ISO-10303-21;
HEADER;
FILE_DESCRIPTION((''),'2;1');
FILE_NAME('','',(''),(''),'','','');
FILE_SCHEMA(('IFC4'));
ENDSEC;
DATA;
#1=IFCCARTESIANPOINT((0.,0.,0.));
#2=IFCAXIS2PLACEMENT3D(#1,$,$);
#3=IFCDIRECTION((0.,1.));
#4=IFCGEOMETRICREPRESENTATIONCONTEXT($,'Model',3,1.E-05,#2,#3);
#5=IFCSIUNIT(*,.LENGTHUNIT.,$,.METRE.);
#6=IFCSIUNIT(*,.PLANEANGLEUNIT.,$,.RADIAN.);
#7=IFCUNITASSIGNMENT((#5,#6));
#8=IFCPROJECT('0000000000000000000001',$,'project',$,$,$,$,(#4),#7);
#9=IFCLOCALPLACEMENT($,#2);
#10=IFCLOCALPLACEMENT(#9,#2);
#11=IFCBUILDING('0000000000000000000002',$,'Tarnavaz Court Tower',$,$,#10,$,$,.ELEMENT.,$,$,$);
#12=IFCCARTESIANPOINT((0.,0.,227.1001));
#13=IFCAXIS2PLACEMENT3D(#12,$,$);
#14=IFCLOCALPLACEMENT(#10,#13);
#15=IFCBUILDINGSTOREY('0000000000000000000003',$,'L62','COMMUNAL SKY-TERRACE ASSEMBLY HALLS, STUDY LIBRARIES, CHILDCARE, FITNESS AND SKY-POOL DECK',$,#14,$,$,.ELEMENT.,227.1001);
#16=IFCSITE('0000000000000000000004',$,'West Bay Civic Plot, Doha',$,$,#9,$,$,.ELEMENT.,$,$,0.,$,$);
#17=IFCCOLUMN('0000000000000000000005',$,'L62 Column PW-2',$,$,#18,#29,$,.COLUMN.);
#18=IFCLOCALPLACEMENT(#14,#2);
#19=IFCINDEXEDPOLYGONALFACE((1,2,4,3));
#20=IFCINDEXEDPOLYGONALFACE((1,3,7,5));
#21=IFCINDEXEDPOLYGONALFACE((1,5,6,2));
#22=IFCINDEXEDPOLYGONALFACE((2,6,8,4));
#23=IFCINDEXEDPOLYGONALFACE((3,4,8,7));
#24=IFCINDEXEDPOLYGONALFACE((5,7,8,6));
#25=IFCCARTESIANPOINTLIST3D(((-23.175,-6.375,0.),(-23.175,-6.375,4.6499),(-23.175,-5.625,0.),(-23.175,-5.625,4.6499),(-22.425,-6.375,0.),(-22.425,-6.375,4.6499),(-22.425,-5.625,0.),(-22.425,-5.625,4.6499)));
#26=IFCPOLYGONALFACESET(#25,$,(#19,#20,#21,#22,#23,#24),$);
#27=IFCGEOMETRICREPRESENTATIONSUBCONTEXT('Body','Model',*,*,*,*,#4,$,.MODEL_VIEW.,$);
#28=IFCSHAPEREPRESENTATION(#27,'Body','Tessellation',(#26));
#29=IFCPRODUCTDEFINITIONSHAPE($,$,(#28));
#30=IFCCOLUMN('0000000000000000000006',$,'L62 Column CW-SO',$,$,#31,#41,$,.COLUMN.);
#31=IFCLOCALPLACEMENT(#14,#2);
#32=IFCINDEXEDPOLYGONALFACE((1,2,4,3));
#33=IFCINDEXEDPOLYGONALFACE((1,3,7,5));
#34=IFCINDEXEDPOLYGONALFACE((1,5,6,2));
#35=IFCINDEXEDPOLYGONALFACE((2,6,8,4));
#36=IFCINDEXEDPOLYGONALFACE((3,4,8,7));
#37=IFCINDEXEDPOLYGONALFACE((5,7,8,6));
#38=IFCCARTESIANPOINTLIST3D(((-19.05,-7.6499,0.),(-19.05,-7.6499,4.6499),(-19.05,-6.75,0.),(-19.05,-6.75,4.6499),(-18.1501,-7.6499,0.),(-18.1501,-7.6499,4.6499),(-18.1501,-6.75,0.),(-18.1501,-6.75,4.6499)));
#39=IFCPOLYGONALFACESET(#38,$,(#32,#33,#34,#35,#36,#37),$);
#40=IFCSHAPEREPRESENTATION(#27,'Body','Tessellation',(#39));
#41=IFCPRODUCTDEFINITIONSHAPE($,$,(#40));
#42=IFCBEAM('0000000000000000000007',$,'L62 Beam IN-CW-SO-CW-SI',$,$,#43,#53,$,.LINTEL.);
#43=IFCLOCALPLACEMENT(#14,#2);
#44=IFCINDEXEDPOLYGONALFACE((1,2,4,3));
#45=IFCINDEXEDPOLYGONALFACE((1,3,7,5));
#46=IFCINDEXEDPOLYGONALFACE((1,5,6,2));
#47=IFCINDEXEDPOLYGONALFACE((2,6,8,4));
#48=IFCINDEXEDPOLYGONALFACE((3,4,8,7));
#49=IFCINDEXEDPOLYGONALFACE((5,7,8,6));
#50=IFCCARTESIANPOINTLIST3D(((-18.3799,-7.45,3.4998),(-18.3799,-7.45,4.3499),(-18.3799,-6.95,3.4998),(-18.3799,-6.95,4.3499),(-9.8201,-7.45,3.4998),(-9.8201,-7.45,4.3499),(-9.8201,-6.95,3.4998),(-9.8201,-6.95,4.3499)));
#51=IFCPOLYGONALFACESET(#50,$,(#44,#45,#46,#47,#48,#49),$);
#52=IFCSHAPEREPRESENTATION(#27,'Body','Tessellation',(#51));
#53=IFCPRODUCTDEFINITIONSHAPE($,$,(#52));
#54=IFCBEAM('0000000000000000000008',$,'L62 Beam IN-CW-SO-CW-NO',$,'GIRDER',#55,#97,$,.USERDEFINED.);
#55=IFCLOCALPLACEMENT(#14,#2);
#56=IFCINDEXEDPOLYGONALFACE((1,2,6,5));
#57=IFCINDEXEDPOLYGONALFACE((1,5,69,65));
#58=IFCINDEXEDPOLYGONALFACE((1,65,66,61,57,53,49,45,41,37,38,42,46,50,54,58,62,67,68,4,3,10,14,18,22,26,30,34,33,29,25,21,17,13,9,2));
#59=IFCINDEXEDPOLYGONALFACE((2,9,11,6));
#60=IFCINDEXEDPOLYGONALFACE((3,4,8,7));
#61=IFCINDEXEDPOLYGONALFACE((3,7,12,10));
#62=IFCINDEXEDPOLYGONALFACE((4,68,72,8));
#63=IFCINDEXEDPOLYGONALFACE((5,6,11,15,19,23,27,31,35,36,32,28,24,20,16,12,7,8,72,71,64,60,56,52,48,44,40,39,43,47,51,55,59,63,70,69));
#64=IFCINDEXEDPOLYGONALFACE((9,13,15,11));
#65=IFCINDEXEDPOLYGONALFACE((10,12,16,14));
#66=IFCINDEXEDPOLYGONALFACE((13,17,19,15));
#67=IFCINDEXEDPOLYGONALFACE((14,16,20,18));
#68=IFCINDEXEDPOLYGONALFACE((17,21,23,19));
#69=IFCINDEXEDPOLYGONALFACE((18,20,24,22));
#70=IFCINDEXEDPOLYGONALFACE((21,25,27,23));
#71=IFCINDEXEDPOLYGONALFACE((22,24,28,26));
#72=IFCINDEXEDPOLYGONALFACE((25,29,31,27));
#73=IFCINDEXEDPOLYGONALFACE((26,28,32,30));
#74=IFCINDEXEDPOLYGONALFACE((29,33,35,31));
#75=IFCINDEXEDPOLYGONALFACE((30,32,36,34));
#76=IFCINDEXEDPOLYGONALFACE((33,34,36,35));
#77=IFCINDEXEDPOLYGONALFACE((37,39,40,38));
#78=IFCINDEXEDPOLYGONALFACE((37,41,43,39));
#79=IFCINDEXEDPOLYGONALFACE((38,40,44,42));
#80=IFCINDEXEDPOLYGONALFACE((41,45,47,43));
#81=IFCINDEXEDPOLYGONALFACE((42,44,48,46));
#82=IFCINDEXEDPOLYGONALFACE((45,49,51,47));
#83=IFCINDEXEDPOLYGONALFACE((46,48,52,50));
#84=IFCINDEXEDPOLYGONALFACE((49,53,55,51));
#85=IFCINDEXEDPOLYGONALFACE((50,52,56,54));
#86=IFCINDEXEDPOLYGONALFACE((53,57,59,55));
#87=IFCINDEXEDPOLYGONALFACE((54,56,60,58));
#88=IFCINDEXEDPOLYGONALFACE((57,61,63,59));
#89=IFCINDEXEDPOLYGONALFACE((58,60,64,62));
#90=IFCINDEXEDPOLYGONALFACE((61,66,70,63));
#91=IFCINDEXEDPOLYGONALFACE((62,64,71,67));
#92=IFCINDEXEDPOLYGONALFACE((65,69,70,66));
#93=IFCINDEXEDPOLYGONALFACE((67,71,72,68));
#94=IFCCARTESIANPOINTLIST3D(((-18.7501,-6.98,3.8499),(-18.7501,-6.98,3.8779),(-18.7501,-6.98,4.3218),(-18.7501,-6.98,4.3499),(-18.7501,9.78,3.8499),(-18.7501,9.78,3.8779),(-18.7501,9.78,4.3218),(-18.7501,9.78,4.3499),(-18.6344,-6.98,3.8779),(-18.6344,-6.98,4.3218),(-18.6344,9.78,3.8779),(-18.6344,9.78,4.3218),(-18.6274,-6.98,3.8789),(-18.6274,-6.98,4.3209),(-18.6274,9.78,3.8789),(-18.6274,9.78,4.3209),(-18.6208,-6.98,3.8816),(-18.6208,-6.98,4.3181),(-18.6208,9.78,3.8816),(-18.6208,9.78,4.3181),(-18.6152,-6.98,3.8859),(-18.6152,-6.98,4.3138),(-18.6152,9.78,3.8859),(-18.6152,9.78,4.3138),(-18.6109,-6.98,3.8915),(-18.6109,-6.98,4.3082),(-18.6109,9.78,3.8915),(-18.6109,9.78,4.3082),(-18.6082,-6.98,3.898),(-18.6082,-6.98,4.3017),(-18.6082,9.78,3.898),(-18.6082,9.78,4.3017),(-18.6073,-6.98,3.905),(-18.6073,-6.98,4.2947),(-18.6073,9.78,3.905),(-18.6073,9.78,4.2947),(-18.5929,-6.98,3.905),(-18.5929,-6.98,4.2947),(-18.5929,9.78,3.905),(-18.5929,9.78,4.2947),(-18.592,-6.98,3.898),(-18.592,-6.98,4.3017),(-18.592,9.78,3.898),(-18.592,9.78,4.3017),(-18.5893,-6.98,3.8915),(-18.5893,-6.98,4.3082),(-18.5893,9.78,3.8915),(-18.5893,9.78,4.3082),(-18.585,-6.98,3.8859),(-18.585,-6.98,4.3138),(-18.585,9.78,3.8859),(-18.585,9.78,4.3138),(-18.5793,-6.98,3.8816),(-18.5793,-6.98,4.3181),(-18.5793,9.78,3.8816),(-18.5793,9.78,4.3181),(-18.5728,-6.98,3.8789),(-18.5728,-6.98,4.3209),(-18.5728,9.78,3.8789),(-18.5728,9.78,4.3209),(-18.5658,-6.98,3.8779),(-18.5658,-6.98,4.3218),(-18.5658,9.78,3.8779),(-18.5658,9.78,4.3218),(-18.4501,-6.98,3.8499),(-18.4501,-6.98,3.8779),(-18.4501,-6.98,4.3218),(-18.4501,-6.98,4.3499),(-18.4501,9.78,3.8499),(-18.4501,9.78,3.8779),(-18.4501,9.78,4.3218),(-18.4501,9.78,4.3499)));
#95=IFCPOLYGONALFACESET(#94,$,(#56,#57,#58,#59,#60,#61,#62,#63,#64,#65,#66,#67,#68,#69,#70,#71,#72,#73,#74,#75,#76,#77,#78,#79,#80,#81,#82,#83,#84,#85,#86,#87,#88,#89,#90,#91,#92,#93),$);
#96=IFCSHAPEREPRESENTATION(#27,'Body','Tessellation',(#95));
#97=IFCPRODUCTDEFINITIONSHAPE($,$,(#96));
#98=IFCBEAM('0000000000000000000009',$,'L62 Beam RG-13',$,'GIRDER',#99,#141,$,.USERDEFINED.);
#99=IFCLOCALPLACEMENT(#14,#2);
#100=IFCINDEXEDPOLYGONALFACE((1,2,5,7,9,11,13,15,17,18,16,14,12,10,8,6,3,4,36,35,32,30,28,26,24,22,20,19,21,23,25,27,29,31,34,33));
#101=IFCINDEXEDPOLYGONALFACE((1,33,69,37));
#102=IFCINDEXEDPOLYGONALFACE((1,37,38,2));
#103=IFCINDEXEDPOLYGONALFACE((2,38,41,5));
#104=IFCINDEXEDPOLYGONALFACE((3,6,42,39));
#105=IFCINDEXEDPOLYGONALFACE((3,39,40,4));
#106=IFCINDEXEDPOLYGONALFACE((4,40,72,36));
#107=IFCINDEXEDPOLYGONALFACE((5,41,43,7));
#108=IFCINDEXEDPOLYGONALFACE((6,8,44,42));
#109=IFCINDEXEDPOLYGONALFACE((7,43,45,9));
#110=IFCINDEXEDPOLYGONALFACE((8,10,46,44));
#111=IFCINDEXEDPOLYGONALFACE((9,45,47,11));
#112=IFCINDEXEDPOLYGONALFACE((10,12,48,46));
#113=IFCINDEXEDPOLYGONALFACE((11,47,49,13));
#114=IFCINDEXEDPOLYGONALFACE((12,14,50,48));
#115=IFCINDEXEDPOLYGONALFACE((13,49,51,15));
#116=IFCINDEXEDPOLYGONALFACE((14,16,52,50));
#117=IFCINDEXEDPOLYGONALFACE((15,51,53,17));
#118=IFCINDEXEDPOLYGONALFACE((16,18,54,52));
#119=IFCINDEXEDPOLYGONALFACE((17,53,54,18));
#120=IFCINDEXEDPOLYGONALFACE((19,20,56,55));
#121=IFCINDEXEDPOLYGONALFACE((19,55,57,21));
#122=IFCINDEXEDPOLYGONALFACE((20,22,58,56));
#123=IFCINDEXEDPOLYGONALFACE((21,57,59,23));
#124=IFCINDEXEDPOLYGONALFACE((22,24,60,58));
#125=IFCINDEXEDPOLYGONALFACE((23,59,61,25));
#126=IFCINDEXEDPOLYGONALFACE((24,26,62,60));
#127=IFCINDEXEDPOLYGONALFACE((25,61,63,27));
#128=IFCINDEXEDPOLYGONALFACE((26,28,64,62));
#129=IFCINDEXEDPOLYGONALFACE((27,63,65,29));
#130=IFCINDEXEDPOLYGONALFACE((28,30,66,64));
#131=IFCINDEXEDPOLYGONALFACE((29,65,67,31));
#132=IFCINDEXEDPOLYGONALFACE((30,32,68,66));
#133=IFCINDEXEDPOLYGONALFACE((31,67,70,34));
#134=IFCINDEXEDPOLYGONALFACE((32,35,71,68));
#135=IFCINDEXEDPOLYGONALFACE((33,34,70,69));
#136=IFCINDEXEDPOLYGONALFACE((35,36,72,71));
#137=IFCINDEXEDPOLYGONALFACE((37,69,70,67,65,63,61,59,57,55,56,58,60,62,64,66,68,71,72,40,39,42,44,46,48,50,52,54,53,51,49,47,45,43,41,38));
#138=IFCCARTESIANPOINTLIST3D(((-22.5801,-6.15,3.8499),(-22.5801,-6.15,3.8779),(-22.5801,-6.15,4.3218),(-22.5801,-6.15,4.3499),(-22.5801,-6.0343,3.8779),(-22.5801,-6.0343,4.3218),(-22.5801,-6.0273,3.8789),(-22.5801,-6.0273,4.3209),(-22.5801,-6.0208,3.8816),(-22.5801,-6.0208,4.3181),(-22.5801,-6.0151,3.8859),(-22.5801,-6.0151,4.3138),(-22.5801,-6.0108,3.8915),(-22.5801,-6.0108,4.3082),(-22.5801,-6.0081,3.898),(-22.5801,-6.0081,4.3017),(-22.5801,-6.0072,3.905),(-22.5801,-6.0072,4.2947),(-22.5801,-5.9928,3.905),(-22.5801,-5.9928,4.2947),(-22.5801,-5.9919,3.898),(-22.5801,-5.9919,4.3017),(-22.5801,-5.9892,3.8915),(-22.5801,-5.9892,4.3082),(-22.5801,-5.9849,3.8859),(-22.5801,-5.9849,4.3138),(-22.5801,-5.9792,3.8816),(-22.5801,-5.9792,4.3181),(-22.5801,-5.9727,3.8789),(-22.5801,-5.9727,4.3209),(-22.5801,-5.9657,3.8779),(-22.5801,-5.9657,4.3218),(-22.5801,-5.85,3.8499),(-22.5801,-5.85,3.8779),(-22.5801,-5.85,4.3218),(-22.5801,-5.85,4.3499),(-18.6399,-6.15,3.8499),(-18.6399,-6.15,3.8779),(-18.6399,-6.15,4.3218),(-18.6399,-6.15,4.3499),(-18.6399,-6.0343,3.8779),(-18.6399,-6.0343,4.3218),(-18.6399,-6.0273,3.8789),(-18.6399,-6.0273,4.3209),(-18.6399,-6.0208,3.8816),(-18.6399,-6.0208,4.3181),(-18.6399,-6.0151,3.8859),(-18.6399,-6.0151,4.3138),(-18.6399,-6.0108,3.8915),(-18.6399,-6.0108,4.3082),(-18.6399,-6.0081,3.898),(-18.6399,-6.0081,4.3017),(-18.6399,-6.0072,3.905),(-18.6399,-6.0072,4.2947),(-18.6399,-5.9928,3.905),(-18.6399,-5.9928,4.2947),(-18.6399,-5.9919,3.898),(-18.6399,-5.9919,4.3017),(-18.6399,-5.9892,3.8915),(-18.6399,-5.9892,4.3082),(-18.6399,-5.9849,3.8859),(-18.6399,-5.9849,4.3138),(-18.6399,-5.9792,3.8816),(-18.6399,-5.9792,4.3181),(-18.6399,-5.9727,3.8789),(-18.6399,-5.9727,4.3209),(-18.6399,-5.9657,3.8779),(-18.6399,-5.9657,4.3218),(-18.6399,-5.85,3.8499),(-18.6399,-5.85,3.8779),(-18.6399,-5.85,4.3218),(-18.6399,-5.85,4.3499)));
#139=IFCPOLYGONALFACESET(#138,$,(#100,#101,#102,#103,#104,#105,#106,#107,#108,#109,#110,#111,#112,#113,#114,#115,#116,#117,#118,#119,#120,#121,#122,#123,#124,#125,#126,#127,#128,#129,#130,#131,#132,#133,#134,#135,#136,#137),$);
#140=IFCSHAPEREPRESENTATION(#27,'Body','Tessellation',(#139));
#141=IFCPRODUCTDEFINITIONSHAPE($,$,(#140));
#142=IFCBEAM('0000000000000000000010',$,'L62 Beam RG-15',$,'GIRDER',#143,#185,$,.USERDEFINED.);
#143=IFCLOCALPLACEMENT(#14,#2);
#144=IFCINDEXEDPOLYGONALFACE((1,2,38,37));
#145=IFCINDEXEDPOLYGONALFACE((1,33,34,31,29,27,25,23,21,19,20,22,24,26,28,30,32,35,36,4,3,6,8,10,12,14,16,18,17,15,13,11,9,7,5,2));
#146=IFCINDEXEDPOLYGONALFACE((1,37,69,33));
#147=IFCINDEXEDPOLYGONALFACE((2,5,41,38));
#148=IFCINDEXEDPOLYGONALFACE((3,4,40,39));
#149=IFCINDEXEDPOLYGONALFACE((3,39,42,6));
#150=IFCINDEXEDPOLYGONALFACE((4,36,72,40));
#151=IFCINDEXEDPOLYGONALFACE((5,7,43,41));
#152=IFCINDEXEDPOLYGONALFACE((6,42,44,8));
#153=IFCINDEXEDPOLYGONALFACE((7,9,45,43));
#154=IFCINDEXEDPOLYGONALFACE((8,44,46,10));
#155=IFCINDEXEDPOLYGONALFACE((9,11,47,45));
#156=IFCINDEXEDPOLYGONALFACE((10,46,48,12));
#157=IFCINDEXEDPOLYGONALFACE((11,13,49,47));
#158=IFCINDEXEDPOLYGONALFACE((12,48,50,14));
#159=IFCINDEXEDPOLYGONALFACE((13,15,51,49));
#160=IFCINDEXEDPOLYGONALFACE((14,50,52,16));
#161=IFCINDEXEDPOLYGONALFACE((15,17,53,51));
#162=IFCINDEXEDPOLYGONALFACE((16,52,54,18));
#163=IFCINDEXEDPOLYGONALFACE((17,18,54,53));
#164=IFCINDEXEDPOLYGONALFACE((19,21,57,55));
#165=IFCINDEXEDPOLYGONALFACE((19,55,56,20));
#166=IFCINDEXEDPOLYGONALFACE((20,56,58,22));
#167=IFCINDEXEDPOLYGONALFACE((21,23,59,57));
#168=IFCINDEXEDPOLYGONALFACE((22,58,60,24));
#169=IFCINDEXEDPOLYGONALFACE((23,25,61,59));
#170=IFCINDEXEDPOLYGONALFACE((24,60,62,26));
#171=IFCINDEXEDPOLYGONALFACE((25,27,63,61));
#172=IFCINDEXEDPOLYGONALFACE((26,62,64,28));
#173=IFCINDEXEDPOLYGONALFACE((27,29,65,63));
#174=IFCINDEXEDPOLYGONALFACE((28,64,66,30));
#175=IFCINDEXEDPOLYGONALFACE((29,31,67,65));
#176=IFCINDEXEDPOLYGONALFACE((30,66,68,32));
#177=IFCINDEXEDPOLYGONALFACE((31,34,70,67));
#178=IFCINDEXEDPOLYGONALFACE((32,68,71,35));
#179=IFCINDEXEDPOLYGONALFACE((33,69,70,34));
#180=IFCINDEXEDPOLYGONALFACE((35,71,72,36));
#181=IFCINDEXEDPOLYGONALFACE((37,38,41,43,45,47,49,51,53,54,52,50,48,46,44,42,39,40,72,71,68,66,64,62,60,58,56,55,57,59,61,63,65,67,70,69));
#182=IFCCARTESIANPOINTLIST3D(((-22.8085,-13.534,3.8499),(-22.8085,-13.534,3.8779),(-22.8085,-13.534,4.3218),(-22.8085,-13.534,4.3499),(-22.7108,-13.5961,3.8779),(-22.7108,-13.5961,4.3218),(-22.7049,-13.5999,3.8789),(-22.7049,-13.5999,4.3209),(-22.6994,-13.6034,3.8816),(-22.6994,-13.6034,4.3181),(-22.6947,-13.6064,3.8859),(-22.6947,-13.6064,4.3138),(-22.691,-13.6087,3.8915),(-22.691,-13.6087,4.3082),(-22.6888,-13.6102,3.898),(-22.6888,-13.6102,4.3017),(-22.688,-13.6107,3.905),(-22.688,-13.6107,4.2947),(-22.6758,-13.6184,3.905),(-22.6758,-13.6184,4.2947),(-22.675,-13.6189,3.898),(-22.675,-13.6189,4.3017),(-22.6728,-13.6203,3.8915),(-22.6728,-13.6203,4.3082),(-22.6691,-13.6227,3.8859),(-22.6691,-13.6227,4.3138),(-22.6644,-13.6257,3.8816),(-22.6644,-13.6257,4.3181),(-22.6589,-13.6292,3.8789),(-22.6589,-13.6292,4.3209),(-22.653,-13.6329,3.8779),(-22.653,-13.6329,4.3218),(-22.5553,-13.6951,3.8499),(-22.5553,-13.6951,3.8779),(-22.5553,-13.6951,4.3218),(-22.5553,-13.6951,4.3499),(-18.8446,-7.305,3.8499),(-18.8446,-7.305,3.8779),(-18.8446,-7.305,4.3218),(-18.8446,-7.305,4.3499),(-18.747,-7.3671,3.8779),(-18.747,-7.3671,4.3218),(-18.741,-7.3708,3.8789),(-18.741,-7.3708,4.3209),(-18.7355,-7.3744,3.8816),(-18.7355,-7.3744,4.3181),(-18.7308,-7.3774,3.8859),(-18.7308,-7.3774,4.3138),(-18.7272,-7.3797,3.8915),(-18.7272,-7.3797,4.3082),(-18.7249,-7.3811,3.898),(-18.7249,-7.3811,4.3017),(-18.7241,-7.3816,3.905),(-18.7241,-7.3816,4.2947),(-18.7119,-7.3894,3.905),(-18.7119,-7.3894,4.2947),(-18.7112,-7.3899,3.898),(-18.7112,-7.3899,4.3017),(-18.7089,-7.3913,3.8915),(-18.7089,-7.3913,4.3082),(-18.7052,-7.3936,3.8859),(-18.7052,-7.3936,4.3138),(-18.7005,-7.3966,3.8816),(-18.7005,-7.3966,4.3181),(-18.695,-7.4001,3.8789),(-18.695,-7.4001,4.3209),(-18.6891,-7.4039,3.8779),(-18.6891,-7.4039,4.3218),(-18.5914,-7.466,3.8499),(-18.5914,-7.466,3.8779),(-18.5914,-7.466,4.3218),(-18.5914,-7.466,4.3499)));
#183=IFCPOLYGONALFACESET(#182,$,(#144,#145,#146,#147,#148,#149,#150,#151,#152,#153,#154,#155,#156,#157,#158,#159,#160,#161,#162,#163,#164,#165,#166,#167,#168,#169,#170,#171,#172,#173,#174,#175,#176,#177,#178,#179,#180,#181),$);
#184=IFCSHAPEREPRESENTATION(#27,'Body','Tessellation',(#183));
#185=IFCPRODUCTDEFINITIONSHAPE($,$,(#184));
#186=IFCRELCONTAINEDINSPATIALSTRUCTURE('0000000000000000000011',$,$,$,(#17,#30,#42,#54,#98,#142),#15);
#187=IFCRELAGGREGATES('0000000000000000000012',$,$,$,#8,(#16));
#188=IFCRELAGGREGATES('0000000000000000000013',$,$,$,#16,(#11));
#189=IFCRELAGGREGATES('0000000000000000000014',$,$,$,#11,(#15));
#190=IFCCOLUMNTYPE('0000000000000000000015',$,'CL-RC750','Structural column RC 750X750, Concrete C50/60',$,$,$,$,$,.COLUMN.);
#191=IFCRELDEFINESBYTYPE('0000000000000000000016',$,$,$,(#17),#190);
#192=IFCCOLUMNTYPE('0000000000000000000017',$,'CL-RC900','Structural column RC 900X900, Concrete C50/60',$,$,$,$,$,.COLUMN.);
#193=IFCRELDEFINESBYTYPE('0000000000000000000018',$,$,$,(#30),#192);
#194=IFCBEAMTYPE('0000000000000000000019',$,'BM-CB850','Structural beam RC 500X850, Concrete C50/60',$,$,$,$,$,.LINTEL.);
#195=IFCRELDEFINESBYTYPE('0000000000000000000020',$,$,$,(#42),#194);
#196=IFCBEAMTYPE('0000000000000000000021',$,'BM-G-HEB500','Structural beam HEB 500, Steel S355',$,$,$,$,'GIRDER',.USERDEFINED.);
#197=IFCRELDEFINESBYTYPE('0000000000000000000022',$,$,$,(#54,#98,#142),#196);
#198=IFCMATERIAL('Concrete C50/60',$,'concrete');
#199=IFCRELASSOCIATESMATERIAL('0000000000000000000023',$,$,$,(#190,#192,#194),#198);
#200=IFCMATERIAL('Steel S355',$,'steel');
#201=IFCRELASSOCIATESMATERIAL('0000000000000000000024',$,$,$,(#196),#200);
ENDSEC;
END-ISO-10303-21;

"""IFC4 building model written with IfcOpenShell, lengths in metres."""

from ifc_helpers import new_model, si_unit, direction, frame, origin, origin_2d, place, context, subcontext, project, spatial, rectangle, i_section, extrude, material, material_profile, profile_set, type_object, element, save


model = new_model("IFC4")

# Units and contexts
model_context = context("Model", 3, precision=1e-05, world=origin(), true_north=direction((0.0, 1.0)))
body_context = subcontext(model_context, "Body", "Model", "MODEL_VIEW")
ifc_project = project(units=[si_unit("LENGTHUNIT", "METRE"), si_unit("PLANEANGLEUNIT", "RADIAN")], contexts=[model_context])

# Site, building, storey
site_placement = place(None, origin())
site = spatial("IfcSite", under=ifc_project, at=site_placement, Name="West Bay Civic Plot, Doha", CompositionType="ELEMENT", RefElevation=0.0)
building_placement = place(site_placement, origin())
building = spatial("IfcBuilding", under=site, at=building_placement, Name="Tarnavaz Court Tower", CompositionType="ELEMENT")
storey_placement = place(building_placement, frame((0.0, 0.0, 227.1001)))
storey = spatial("IfcBuildingStorey", under=building, at=storey_placement, Name="L62", Description="COMMUNAL SKY-TERRACE ASSEMBLY HALLS, STUDY LIBRARIES, CHILDCARE, FITNESS AND SKY-POOL DECK", CompositionType="ELEMENT", Elevation=227.1001)

# Columns
ifc_material_1 = material(Name="Concrete C50/60", Category="concrete")
ifc_material_profile_1 = material_profile(ifc_material_1, rectangle(XDim=0.75, YDim=0.75, at=origin_2d()), Name="RC 750X750")
ifc_profile_set_1 = profile_set([ifc_material_profile_1], Name="Concrete C50/60")
column_type_1 = type_object("IfcColumnType", Name="CL-RC750", Description="Structural column RC 750X750, Concrete C50/60", PredefinedType="COLUMN", material=ifc_profile_set_1)
column_1_placement = place(storey_placement, frame((-22.8, -6.0, 0.0), z_axis=(0.0, 0.0, 1.0), x_axis=(1.0, 0.0, 0.0)))
element("IfcColumn", 1, at=column_1_placement, inside=storey, type_object=column_type_1, Name="L62 Column PW-2", PredefinedType="COLUMN", context=body_context, shape_type="SweptSolid", body=[
    extrude(rectangle(XDim=0.75, YDim=0.75, at=origin_2d()), origin(), (0.0, 0.0, 1.0), 4.6499),
])
ifc_material_profile_2 = material_profile(ifc_material_1, rectangle(XDim=0.8999, YDim=0.8999, at=origin_2d()), Name="RC 900X900")
ifc_profile_set_2 = profile_set([ifc_material_profile_2], Name="Concrete C50/60")
column_type_2 = type_object("IfcColumnType", Name="CL-RC900", Description="Structural column RC 900X900, Concrete C50/60", PredefinedType="COLUMN", material=ifc_profile_set_2)
column_2_placement = place(storey_placement, frame((-18.6001, -7.2, 0.0), z_axis=(0.0, 0.0, 1.0), x_axis=(1.0, 0.0, 0.0)))
element("IfcColumn", 2, at=column_2_placement, inside=storey, type_object=column_type_2, Name="L62 Column CW-SO", PredefinedType="COLUMN", context=body_context, shape_type="SweptSolid", body=[
    extrude(rectangle(XDim=0.8999, YDim=0.8999, at=origin_2d()), origin(), (0.0, 0.0, 1.0), 4.6499),
])

# Beams
ifc_material_profile_3 = material_profile(ifc_material_1, rectangle(XDim=0.5, YDim=0.8501, at=origin_2d()), Name="RC 500X850")
ifc_profile_set_3 = profile_set([ifc_material_profile_3], Name="Concrete C50/60")
beam_type_1 = type_object("IfcBeamType", Name="BM-CB850", Description="Structural beam RC 500X850, Concrete C50/60", PredefinedType="LINTEL", material=ifc_profile_set_3)
beam_1_placement = place(storey_placement, frame((-18.3799, -7.2, 3.9248), z_axis=(1.0, 0.0, 0.0), x_axis=(0.0, 1.0, 0.0)))
element("IfcBeam", 3, at=beam_1_placement, inside=storey, type_object=beam_type_1, Name="L62 Beam IN-CW-SO-CW-SI", PredefinedType="LINTEL", context=body_context, shape_type="SweptSolid", body=[
    extrude(rectangle(XDim=0.5, YDim=0.8501, at=origin_2d()), origin(), (0.0, 0.0, 1.0), 8.5598),
])
ifc_material_2 = material(Name="Steel S355", Category="steel")
ifc_material_profile_4 = material_profile(ifc_material_2, i_section(OverallWidth=0.3, OverallDepth=0.5, WebThickness=0.0144, FlangeThickness=0.0281, FilletRadius=0.0271, at=origin_2d()), Name="HEB 500")
ifc_profile_set_4 = profile_set([ifc_material_profile_4], Name="Steel S355")
beam_type_2 = type_object("IfcBeamType", Name="BM-G-HEB500", Description="Structural beam HEB 500, Steel S355", ElementType="GIRDER", PredefinedType="USERDEFINED", material=ifc_profile_set_4)
beam_2_placement = place(storey_placement, frame((-18.6001, -6.98, 4.0999), z_axis=(0.0, 1.0, 0.0), x_axis=(-1.0, 0.0, 0.0)))
element("IfcBeam", 4, at=beam_2_placement, inside=storey, type_object=beam_type_2, Name="L62 Beam IN-CW-SO-CW-NO", ObjectType="GIRDER", PredefinedType="USERDEFINED", context=body_context, shape_type="SweptSolid", body=[
    extrude(i_section(OverallWidth=0.3, OverallDepth=0.5, WebThickness=0.0144, FlangeThickness=0.0281, FilletRadius=0.0271, at=origin_2d()), origin(), (0.0, 0.0, 1.0), 16.76),
])
beam_3_placement = place(storey_placement, frame((-18.6399, -6.0, 4.0999), z_axis=(-1.0, 0.0, 0.0), x_axis=(0.0, -1.0, 0.0)))
element("IfcBeam", 5, at=beam_3_placement, inside=storey, type_object=beam_type_2, Name="L62 Beam RG-13", ObjectType="GIRDER", PredefinedType="USERDEFINED", context=body_context, shape_type="SweptSolid", body=[
    extrude(i_section(OverallWidth=0.3, OverallDepth=0.5, WebThickness=0.0144, FlangeThickness=0.0281, FilletRadius=0.0271, at=origin_2d()), origin(), (0.0, 0.0, 1.0), 3.9402),
])
beam_4_placement = place(storey_placement, frame((-18.718, -7.3855, 4.0999), z_axis=(-0.536871, -0.843664, 0.0), x_axis=(0.843664, -0.536871, 0.0)))
element("IfcBeam", 6, at=beam_4_placement, inside=storey, type_object=beam_type_2, Name="L62 Beam RG-15", ObjectType="GIRDER", PredefinedType="USERDEFINED", context=body_context, shape_type="SweptSolid", body=[
    extrude(i_section(OverallWidth=0.3, OverallDepth=0.5, WebThickness=0.0144, FlangeThickness=0.0281, FilletRadius=0.0271, at=origin_2d()), origin(), (0.0, 0.0, 1.0), 7.3833),
])

save(model, "model.ifc")
